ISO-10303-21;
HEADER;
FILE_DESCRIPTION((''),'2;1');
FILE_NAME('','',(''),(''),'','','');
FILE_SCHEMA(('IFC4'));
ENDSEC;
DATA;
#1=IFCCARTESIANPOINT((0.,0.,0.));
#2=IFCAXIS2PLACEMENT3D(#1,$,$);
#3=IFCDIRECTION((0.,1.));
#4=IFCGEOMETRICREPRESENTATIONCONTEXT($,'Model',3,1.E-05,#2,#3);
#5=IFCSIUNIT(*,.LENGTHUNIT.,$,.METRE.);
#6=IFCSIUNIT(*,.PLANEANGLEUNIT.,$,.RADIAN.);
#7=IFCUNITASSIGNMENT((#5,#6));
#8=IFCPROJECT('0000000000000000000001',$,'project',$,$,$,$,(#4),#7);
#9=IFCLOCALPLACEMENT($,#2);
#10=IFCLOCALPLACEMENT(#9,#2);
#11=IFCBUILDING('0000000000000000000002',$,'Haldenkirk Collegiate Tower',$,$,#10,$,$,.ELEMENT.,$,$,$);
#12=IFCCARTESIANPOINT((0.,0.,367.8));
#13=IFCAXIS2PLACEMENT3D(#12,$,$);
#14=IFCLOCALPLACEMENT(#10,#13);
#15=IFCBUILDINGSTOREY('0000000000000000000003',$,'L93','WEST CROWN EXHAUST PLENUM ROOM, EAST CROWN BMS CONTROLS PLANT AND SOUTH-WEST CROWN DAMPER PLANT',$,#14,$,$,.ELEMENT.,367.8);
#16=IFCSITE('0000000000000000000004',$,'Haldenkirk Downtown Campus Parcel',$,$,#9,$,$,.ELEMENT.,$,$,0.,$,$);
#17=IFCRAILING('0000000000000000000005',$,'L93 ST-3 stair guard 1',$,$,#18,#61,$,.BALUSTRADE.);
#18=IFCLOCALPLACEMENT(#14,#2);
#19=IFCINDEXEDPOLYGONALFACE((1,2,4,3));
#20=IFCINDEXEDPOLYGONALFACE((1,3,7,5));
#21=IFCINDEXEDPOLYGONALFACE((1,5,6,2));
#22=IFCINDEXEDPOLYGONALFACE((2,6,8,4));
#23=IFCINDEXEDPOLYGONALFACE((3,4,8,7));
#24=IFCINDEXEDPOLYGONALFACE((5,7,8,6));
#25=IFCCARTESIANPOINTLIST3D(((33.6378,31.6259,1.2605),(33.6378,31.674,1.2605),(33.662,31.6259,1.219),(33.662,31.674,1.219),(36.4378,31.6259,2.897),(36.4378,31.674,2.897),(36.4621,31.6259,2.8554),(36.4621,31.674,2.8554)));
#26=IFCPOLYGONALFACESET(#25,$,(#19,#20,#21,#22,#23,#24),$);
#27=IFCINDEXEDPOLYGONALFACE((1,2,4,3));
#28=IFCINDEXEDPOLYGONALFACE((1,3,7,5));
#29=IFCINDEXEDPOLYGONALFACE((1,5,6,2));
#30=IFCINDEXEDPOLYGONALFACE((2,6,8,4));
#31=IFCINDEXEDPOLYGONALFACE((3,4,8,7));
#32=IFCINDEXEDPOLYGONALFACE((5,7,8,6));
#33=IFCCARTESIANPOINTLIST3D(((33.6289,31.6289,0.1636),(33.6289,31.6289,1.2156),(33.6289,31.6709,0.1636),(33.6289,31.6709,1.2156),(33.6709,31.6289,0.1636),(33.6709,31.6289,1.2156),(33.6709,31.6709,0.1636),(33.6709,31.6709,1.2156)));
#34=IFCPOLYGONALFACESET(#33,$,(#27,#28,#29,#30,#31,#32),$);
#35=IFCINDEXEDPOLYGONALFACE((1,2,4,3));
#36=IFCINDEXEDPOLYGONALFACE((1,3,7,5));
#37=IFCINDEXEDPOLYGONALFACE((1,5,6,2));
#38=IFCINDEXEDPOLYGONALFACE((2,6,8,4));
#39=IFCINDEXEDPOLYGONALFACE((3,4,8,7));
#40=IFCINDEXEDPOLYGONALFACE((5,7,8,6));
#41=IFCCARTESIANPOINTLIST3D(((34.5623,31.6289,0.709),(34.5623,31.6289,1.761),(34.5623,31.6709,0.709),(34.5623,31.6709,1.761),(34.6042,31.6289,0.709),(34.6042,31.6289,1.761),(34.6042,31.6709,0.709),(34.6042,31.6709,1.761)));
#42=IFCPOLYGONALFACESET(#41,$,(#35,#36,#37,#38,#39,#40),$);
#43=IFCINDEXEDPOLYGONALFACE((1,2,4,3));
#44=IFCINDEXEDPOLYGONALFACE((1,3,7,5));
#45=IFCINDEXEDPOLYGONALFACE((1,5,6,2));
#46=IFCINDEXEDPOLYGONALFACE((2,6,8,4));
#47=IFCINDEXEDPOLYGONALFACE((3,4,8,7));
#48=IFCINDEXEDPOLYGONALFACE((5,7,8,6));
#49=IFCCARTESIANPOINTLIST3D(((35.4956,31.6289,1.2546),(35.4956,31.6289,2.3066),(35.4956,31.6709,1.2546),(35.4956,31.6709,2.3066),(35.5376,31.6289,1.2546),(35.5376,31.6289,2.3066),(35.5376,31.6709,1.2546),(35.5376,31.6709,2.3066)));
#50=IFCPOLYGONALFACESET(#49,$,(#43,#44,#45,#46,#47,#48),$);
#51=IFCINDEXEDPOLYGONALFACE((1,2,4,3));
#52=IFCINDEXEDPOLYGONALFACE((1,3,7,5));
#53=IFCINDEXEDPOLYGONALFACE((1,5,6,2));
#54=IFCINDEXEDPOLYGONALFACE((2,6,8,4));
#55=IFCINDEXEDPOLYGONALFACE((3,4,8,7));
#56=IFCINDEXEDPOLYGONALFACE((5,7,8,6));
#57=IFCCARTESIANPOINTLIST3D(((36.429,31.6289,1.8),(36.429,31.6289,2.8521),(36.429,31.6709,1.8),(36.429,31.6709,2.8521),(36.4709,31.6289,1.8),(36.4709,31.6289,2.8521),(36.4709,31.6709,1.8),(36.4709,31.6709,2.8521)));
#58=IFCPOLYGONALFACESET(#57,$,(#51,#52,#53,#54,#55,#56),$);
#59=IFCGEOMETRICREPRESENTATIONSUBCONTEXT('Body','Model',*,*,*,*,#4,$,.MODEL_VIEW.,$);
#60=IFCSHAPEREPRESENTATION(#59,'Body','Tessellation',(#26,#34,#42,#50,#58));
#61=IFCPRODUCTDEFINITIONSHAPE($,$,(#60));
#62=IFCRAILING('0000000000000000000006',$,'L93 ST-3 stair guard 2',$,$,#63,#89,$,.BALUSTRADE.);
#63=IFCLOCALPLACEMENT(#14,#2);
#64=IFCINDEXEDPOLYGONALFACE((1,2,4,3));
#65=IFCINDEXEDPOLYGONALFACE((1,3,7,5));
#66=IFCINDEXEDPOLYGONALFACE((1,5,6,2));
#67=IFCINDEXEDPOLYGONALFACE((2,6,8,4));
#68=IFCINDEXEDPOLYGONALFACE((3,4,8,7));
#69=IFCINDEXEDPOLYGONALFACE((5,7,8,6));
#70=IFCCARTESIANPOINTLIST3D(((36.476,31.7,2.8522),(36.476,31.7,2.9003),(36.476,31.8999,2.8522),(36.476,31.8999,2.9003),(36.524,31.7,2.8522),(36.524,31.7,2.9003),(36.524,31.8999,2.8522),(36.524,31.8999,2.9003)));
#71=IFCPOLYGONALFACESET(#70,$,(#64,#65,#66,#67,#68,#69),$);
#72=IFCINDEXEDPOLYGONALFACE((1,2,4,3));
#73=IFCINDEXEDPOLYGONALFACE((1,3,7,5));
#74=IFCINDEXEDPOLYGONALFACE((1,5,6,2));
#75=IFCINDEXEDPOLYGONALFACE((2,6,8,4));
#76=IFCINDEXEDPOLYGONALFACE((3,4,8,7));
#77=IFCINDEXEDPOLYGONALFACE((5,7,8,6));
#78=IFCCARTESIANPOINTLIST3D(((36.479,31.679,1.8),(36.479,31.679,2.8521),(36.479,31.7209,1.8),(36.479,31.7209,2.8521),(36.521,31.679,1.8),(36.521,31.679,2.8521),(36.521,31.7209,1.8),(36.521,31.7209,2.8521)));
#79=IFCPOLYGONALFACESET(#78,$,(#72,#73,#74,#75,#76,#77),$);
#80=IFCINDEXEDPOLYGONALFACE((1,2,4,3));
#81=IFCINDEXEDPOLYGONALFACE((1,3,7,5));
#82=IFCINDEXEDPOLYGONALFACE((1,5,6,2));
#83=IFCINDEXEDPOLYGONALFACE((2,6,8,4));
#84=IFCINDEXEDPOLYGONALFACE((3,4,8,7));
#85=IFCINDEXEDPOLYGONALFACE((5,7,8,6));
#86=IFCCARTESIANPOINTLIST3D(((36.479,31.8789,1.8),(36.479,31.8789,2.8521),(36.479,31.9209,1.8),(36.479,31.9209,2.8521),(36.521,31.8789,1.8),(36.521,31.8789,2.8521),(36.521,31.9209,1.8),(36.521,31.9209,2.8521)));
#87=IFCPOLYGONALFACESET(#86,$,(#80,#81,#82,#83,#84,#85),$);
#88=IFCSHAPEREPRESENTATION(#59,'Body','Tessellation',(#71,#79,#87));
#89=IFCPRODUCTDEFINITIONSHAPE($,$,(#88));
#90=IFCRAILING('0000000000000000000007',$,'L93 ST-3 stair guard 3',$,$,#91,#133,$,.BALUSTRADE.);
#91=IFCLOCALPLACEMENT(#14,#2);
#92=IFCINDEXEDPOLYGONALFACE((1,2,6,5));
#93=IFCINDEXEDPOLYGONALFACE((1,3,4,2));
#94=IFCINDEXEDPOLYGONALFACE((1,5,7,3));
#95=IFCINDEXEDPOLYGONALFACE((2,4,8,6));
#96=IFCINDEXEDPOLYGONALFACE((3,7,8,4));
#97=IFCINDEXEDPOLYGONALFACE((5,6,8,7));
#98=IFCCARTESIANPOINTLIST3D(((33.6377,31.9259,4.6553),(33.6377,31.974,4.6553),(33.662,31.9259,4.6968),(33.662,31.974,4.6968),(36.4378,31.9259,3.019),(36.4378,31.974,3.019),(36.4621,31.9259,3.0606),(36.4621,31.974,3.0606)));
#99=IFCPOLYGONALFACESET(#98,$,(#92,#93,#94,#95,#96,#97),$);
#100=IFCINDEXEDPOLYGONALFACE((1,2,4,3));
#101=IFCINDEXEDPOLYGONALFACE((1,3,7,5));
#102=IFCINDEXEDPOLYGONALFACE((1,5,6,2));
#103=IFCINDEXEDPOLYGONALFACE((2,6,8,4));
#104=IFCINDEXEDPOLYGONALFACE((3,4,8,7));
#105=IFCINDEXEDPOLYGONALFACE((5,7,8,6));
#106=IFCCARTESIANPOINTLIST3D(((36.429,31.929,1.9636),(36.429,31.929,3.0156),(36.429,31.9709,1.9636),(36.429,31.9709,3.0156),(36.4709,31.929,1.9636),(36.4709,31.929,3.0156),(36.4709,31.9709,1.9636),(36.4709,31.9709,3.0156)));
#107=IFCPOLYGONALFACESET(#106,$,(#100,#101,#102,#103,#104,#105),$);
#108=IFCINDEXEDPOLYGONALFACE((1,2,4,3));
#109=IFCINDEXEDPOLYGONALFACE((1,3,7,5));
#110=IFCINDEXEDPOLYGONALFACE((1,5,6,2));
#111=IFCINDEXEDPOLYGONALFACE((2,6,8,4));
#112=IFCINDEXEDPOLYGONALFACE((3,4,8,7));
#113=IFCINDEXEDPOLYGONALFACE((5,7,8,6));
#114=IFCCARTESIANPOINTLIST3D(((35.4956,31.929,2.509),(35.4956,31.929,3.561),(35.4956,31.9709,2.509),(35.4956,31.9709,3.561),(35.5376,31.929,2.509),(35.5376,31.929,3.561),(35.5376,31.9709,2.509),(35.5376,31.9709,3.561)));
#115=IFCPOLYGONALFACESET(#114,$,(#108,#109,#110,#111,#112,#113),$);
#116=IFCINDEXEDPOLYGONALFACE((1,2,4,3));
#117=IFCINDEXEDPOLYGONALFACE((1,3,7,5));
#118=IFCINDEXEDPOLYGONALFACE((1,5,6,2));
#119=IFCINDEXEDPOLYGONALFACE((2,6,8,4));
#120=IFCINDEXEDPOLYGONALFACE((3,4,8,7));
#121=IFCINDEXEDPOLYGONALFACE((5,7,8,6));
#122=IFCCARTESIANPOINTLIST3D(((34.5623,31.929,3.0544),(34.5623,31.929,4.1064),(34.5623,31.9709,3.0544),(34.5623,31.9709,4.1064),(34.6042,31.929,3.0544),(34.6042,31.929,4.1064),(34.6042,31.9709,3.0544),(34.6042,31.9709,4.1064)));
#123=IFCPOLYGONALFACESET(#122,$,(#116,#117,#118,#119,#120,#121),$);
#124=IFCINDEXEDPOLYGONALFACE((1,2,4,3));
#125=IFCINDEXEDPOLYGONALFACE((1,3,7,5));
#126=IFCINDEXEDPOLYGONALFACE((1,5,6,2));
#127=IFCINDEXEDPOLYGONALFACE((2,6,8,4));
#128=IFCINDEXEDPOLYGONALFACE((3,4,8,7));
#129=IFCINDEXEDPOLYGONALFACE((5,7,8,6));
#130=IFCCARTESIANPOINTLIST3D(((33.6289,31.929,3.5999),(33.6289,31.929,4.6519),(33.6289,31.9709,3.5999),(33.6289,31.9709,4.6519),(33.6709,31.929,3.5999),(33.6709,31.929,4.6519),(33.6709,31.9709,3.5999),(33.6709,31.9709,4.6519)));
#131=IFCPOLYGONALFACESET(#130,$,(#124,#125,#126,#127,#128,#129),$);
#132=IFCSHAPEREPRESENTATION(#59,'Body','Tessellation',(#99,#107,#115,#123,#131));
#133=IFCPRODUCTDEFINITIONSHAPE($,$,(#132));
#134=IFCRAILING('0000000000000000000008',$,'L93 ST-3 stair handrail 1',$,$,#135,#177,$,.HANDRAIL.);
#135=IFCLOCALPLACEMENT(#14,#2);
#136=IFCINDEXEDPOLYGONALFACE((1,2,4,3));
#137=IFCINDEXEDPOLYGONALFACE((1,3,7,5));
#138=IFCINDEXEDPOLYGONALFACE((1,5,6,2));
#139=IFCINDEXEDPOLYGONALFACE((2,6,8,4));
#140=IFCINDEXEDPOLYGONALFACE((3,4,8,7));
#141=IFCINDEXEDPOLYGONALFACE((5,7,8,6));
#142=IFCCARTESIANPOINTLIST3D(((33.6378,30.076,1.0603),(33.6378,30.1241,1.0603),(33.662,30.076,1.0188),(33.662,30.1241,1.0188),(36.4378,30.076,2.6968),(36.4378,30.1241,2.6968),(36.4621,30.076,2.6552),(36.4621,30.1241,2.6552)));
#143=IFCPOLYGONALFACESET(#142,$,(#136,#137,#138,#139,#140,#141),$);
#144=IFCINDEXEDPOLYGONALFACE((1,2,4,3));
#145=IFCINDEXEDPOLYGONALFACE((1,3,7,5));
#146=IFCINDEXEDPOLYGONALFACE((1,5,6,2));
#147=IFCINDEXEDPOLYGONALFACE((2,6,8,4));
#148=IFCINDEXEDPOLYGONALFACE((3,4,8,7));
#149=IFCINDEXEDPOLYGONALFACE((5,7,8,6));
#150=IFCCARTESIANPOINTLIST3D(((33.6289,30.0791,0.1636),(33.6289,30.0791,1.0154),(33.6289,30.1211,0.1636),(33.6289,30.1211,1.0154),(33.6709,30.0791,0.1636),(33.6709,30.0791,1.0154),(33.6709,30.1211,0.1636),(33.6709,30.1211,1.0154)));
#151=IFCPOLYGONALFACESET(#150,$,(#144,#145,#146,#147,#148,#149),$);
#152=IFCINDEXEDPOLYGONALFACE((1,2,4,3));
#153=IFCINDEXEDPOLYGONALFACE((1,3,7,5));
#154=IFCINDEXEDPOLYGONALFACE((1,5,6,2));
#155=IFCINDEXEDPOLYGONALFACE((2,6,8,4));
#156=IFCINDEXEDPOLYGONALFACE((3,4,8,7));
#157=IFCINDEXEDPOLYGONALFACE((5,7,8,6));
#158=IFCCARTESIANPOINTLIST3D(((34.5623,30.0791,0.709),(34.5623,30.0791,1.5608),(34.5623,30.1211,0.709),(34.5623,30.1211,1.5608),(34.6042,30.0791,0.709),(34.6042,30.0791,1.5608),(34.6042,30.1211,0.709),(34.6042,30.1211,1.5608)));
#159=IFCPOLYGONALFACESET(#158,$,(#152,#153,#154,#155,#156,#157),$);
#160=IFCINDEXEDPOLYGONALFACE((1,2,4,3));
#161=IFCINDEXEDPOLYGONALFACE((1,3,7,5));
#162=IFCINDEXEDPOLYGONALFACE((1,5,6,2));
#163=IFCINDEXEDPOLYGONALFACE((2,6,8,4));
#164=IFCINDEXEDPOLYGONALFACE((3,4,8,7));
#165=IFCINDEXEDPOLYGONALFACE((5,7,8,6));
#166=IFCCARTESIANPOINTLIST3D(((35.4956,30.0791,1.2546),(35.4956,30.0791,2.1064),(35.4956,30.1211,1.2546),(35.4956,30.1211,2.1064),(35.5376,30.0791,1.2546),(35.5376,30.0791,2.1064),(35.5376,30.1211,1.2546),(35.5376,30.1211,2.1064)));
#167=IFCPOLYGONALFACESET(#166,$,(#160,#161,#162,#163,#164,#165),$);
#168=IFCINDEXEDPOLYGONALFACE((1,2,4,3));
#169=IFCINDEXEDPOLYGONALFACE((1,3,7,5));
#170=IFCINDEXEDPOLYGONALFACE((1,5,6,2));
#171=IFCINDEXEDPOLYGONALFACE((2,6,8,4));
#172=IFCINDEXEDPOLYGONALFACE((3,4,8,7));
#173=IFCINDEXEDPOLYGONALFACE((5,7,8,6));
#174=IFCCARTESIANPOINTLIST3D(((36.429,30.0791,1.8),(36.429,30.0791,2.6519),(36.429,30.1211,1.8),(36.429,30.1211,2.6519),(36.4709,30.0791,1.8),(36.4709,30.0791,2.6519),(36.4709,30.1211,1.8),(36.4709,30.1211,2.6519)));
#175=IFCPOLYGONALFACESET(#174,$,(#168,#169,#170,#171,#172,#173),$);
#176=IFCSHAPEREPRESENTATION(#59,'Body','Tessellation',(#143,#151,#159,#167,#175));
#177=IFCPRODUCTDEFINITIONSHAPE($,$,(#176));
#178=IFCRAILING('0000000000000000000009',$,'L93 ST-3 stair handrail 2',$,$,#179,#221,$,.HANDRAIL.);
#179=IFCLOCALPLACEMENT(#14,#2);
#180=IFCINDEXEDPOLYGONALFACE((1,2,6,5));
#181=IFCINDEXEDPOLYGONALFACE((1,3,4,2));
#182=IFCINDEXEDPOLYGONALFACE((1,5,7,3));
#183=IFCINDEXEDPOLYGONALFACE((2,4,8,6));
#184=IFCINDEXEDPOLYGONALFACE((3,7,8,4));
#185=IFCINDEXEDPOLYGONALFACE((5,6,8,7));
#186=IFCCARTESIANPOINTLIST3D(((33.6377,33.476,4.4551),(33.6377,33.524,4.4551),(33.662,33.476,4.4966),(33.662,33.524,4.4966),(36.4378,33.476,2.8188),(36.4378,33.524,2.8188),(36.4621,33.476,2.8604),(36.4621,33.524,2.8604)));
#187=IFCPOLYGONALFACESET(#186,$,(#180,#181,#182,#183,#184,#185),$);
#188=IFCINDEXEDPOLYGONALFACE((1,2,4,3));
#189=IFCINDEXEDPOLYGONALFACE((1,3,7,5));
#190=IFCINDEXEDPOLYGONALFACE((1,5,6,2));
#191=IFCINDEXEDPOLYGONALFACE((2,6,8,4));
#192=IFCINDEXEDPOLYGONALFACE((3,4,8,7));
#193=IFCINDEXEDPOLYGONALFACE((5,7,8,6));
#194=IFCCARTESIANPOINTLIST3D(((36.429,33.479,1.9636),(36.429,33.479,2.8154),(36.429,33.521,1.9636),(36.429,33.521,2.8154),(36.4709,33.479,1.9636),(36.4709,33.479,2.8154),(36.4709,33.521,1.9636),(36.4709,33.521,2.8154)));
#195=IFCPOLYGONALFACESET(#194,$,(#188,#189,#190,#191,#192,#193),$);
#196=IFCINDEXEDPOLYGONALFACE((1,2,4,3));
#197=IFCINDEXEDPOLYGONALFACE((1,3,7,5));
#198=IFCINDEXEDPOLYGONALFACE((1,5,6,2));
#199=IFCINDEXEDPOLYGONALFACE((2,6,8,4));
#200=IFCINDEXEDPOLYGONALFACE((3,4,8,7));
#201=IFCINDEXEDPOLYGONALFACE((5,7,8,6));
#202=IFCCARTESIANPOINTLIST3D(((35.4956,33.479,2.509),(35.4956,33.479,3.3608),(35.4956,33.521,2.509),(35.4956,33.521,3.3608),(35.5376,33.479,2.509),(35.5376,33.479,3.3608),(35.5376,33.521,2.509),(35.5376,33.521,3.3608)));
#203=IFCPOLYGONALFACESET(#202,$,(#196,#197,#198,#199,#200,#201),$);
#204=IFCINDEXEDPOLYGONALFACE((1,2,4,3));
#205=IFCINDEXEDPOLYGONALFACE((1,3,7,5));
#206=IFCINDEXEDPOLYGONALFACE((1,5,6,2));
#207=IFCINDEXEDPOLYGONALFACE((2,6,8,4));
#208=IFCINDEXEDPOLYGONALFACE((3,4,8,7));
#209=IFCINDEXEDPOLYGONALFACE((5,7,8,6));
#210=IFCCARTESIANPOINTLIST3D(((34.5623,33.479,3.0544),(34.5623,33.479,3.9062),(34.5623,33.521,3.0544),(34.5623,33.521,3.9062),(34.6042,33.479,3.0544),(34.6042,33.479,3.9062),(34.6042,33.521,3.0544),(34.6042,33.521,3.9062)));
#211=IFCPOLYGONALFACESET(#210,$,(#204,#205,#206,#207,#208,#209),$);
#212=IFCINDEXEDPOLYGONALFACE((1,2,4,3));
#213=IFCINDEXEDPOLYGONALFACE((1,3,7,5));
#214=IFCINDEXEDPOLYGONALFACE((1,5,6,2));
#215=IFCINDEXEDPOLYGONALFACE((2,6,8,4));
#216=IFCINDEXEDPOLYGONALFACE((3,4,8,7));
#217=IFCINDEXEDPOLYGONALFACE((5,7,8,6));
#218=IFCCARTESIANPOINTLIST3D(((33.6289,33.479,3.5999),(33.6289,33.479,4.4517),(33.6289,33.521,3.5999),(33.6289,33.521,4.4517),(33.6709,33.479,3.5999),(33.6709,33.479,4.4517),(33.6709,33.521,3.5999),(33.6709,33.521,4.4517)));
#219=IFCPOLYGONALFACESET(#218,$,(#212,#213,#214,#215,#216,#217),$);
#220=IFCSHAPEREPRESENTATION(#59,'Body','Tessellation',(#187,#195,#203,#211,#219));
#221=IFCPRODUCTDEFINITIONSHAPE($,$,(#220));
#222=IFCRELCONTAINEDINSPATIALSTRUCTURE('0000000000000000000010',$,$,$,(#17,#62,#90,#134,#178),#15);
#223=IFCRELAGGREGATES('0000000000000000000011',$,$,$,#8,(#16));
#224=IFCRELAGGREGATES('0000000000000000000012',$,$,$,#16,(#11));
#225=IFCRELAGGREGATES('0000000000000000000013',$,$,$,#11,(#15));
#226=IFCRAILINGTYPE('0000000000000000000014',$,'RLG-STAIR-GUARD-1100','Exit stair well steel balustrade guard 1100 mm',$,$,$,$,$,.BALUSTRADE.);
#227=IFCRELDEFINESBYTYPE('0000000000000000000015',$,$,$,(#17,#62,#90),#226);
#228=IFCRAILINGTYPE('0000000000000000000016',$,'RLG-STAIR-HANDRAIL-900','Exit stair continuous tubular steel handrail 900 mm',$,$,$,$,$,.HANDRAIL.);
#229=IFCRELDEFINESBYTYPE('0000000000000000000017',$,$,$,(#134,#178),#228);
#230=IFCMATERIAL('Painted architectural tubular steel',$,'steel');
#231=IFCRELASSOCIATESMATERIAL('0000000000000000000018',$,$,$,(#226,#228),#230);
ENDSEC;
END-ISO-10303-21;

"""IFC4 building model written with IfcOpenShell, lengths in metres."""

from ifc_helpers import new_model, si_unit, direction, frame, origin, origin_2d, place, context, subcontext, project, spatial, rectangle, extrude, material, type_object, element, save


model = new_model("IFC4")

# Units and contexts
model_context = context("Model", 3, precision=1e-05, world=origin(), true_north=direction((0.0, 1.0)))
body_context = subcontext(model_context, "Body", "Model", "MODEL_VIEW")
ifc_project = project(units=[si_unit("LENGTHUNIT", "METRE"), si_unit("PLANEANGLEUNIT", "RADIAN")], contexts=[model_context])

# Site, building, storey
site_placement = place(None, origin())
site = spatial("IfcSite", under=ifc_project, at=site_placement, Name="Haldenkirk Downtown Campus Parcel", CompositionType="ELEMENT", RefElevation=0.0)
building_placement = place(site_placement, origin())
building = spatial("IfcBuilding", under=site, at=building_placement, Name="Haldenkirk Collegiate Tower", CompositionType="ELEMENT")
storey_placement = place(building_placement, frame((0.0, 0.0, 367.8)))
storey = spatial("IfcBuildingStorey", under=building, at=storey_placement, Name="L93", Description="WEST CROWN EXHAUST PLENUM ROOM, EAST CROWN BMS CONTROLS PLANT AND SOUTH-WEST CROWN DAMPER PLANT", CompositionType="ELEMENT", Elevation=367.8)

# Railings
ifc_material_1 = material(Name="Painted architectural tubular steel", Category="steel")
railing_type_1 = type_object("IfcRailingType", Name="RLG-STAIR-GUARD-1100", Description="Exit stair well steel balustrade guard 1100 mm", PredefinedType="BALUSTRADE", material=ifc_material_1)
railing_1_placement = place(storey_placement, frame((33.6499, 31.6499, 0.1636)))
element("IfcRailing", 1, at=railing_1_placement, inside=storey, type_object=railing_type_1, Name="L93 ST-3 stair guard 1", PredefinedType="BALUSTRADE", context=body_context, shape_type="SweptSolid", body=[
    extrude(rectangle(XDim=0.0481, YDim=0.0481, at=origin_2d()), frame((0.0, 0.0, 1.0762), z_axis=(0.863361, 0.0, 0.504587), x_axis=(0.0, 1.0, 0.0)), (0.0, 0.0, 1.0), 3.2432),
    extrude(rectangle(XDim=0.042, YDim=0.042, at=origin_2d()), origin(), (0.0, 0.0, 1.0), 1.052),
    extrude(rectangle(XDim=0.042, YDim=0.042, at=origin_2d()), frame((0.9333, 0.0, 0.5454)), (0.0, 0.0, 1.0), 1.052),
    extrude(rectangle(XDim=0.042, YDim=0.042, at=origin_2d()), frame((1.8667, 0.0, 1.0911)), (0.0, 0.0, 1.0), 1.052),
    extrude(rectangle(XDim=0.042, YDim=0.042, at=origin_2d()), frame((2.8, 0.0, 1.6365)), (0.0, 0.0, 1.0), 1.052),
])
railing_2_placement = place(storey_placement, frame((36.5, 31.7, 1.8)))
element("IfcRailing", 2, at=railing_2_placement, inside=storey, type_object=railing_type_1, Name="L93 ST-3 stair guard 2", PredefinedType="BALUSTRADE", context=body_context, shape_type="SweptSolid", body=[
    extrude(rectangle(XDim=0.0481, YDim=0.0481, at=origin_2d()), frame((0.0, 0.0, 1.0762), z_axis=(0.0, 1.0, 0.0), x_axis=(-1.0, 0.0, 0.0)), (0.0, 0.0, 1.0), 0.2),
    extrude(rectangle(XDim=0.042, YDim=0.042, at=origin_2d()), origin(), (0.0, 0.0, 1.0), 1.052),
    extrude(rectangle(XDim=0.042, YDim=0.042, at=origin_2d()), frame((0.0, 0.2, 0.0)), (0.0, 0.0, 1.0), 1.052),
])
railing_3_placement = place(storey_placement, frame((36.45, 31.95, 1.9636)))
element("IfcRailing", 3, at=railing_3_placement, inside=storey, type_object=railing_type_1, Name="L93 ST-3 stair guard 3", PredefinedType="BALUSTRADE", context=body_context, shape_type="SweptSolid", body=[
    extrude(rectangle(XDim=0.0481, YDim=0.0481, at=origin_2d()), frame((0.0, 0.0, 1.0762), z_axis=(-0.863394, 0.0, 0.504531), x_axis=(0.0, -1.0, 0.0)), (0.0, 0.0, 1.0), 3.2432),
    extrude(rectangle(XDim=0.042, YDim=0.042, at=origin_2d()), origin(), (0.0, 0.0, 1.0), 1.052),
    extrude(rectangle(XDim=0.042, YDim=0.042, at=origin_2d()), frame((-0.9333, 0.0, 0.5454)), (0.0, 0.0, 1.0), 1.052),
    extrude(rectangle(XDim=0.042, YDim=0.042, at=origin_2d()), frame((-1.8667, 0.0, 1.0908)), (0.0, 0.0, 1.0), 1.052),
    extrude(rectangle(XDim=0.042, YDim=0.042, at=origin_2d()), frame((-2.8, 0.0, 1.6362)), (0.0, 0.0, 1.0), 1.052),
])
railing_type_2 = type_object("IfcRailingType", Name="RLG-STAIR-HANDRAIL-900", Description="Exit stair continuous tubular steel handrail 900 mm", PredefinedType="HANDRAIL", material=ifc_material_1)
railing_4_placement = place(storey_placement, frame((33.6499, 30.1001, 0.1636)))
element("IfcRailing", 4, at=railing_4_placement, inside=storey, type_object=railing_type_2, Name="L93 ST-3 stair handrail 1", PredefinedType="HANDRAIL", context=body_context, shape_type="SweptSolid", body=[
    extrude(rectangle(XDim=0.0481, YDim=0.0481, at=origin_2d()), frame((0.0, 0.0, 0.876), z_axis=(0.863361, 0.0, 0.504587), x_axis=(0.0, 1.0, 0.0)), (0.0, 0.0, 1.0), 3.2432),
    extrude(rectangle(XDim=0.042, YDim=0.042, at=origin_2d()), origin(), (0.0, 0.0, 1.0), 0.8518),
    extrude(rectangle(XDim=0.042, YDim=0.042, at=origin_2d()), frame((0.9333, 0.0, 0.5454)), (0.0, 0.0, 1.0), 0.8518),
    extrude(rectangle(XDim=0.042, YDim=0.042, at=origin_2d()), frame((1.8667, 0.0, 1.0911)), (0.0, 0.0, 1.0), 0.8518),
    extrude(rectangle(XDim=0.042, YDim=0.042, at=origin_2d()), frame((2.8, 0.0, 1.6365)), (0.0, 0.0, 1.0), 0.8518),
])
railing_5_placement = place(storey_placement, frame((36.45, 33.5, 1.9636)))
element("IfcRailing", 5, at=railing_5_placement, inside=storey, type_object=railing_type_2, Name="L93 ST-3 stair handrail 2", PredefinedType="HANDRAIL", context=body_context, shape_type="SweptSolid", body=[
    extrude(rectangle(XDim=0.0481, YDim=0.0481, at=origin_2d()), frame((0.0, 0.0, 0.876), z_axis=(-0.863394, 0.0, 0.504531), x_axis=(0.0, -1.0, 0.0)), (0.0, 0.0, 1.0), 3.2432),
    extrude(rectangle(XDim=0.042, YDim=0.042, at=origin_2d()), origin(), (0.0, 0.0, 1.0), 0.8518),
    extrude(rectangle(XDim=0.042, YDim=0.042, at=origin_2d()), frame((-0.9333, 0.0, 0.5454)), (0.0, 0.0, 1.0), 0.8518),
    extrude(rectangle(XDim=0.042, YDim=0.042, at=origin_2d()), frame((-1.8667, 0.0, 1.0908)), (0.0, 0.0, 1.0), 0.8518),
    extrude(rectangle(XDim=0.042, YDim=0.042, at=origin_2d()), frame((-2.8, 0.0, 1.6362)), (0.0, 0.0, 1.0), 0.8518),
])

save(model, "model.ifc")
